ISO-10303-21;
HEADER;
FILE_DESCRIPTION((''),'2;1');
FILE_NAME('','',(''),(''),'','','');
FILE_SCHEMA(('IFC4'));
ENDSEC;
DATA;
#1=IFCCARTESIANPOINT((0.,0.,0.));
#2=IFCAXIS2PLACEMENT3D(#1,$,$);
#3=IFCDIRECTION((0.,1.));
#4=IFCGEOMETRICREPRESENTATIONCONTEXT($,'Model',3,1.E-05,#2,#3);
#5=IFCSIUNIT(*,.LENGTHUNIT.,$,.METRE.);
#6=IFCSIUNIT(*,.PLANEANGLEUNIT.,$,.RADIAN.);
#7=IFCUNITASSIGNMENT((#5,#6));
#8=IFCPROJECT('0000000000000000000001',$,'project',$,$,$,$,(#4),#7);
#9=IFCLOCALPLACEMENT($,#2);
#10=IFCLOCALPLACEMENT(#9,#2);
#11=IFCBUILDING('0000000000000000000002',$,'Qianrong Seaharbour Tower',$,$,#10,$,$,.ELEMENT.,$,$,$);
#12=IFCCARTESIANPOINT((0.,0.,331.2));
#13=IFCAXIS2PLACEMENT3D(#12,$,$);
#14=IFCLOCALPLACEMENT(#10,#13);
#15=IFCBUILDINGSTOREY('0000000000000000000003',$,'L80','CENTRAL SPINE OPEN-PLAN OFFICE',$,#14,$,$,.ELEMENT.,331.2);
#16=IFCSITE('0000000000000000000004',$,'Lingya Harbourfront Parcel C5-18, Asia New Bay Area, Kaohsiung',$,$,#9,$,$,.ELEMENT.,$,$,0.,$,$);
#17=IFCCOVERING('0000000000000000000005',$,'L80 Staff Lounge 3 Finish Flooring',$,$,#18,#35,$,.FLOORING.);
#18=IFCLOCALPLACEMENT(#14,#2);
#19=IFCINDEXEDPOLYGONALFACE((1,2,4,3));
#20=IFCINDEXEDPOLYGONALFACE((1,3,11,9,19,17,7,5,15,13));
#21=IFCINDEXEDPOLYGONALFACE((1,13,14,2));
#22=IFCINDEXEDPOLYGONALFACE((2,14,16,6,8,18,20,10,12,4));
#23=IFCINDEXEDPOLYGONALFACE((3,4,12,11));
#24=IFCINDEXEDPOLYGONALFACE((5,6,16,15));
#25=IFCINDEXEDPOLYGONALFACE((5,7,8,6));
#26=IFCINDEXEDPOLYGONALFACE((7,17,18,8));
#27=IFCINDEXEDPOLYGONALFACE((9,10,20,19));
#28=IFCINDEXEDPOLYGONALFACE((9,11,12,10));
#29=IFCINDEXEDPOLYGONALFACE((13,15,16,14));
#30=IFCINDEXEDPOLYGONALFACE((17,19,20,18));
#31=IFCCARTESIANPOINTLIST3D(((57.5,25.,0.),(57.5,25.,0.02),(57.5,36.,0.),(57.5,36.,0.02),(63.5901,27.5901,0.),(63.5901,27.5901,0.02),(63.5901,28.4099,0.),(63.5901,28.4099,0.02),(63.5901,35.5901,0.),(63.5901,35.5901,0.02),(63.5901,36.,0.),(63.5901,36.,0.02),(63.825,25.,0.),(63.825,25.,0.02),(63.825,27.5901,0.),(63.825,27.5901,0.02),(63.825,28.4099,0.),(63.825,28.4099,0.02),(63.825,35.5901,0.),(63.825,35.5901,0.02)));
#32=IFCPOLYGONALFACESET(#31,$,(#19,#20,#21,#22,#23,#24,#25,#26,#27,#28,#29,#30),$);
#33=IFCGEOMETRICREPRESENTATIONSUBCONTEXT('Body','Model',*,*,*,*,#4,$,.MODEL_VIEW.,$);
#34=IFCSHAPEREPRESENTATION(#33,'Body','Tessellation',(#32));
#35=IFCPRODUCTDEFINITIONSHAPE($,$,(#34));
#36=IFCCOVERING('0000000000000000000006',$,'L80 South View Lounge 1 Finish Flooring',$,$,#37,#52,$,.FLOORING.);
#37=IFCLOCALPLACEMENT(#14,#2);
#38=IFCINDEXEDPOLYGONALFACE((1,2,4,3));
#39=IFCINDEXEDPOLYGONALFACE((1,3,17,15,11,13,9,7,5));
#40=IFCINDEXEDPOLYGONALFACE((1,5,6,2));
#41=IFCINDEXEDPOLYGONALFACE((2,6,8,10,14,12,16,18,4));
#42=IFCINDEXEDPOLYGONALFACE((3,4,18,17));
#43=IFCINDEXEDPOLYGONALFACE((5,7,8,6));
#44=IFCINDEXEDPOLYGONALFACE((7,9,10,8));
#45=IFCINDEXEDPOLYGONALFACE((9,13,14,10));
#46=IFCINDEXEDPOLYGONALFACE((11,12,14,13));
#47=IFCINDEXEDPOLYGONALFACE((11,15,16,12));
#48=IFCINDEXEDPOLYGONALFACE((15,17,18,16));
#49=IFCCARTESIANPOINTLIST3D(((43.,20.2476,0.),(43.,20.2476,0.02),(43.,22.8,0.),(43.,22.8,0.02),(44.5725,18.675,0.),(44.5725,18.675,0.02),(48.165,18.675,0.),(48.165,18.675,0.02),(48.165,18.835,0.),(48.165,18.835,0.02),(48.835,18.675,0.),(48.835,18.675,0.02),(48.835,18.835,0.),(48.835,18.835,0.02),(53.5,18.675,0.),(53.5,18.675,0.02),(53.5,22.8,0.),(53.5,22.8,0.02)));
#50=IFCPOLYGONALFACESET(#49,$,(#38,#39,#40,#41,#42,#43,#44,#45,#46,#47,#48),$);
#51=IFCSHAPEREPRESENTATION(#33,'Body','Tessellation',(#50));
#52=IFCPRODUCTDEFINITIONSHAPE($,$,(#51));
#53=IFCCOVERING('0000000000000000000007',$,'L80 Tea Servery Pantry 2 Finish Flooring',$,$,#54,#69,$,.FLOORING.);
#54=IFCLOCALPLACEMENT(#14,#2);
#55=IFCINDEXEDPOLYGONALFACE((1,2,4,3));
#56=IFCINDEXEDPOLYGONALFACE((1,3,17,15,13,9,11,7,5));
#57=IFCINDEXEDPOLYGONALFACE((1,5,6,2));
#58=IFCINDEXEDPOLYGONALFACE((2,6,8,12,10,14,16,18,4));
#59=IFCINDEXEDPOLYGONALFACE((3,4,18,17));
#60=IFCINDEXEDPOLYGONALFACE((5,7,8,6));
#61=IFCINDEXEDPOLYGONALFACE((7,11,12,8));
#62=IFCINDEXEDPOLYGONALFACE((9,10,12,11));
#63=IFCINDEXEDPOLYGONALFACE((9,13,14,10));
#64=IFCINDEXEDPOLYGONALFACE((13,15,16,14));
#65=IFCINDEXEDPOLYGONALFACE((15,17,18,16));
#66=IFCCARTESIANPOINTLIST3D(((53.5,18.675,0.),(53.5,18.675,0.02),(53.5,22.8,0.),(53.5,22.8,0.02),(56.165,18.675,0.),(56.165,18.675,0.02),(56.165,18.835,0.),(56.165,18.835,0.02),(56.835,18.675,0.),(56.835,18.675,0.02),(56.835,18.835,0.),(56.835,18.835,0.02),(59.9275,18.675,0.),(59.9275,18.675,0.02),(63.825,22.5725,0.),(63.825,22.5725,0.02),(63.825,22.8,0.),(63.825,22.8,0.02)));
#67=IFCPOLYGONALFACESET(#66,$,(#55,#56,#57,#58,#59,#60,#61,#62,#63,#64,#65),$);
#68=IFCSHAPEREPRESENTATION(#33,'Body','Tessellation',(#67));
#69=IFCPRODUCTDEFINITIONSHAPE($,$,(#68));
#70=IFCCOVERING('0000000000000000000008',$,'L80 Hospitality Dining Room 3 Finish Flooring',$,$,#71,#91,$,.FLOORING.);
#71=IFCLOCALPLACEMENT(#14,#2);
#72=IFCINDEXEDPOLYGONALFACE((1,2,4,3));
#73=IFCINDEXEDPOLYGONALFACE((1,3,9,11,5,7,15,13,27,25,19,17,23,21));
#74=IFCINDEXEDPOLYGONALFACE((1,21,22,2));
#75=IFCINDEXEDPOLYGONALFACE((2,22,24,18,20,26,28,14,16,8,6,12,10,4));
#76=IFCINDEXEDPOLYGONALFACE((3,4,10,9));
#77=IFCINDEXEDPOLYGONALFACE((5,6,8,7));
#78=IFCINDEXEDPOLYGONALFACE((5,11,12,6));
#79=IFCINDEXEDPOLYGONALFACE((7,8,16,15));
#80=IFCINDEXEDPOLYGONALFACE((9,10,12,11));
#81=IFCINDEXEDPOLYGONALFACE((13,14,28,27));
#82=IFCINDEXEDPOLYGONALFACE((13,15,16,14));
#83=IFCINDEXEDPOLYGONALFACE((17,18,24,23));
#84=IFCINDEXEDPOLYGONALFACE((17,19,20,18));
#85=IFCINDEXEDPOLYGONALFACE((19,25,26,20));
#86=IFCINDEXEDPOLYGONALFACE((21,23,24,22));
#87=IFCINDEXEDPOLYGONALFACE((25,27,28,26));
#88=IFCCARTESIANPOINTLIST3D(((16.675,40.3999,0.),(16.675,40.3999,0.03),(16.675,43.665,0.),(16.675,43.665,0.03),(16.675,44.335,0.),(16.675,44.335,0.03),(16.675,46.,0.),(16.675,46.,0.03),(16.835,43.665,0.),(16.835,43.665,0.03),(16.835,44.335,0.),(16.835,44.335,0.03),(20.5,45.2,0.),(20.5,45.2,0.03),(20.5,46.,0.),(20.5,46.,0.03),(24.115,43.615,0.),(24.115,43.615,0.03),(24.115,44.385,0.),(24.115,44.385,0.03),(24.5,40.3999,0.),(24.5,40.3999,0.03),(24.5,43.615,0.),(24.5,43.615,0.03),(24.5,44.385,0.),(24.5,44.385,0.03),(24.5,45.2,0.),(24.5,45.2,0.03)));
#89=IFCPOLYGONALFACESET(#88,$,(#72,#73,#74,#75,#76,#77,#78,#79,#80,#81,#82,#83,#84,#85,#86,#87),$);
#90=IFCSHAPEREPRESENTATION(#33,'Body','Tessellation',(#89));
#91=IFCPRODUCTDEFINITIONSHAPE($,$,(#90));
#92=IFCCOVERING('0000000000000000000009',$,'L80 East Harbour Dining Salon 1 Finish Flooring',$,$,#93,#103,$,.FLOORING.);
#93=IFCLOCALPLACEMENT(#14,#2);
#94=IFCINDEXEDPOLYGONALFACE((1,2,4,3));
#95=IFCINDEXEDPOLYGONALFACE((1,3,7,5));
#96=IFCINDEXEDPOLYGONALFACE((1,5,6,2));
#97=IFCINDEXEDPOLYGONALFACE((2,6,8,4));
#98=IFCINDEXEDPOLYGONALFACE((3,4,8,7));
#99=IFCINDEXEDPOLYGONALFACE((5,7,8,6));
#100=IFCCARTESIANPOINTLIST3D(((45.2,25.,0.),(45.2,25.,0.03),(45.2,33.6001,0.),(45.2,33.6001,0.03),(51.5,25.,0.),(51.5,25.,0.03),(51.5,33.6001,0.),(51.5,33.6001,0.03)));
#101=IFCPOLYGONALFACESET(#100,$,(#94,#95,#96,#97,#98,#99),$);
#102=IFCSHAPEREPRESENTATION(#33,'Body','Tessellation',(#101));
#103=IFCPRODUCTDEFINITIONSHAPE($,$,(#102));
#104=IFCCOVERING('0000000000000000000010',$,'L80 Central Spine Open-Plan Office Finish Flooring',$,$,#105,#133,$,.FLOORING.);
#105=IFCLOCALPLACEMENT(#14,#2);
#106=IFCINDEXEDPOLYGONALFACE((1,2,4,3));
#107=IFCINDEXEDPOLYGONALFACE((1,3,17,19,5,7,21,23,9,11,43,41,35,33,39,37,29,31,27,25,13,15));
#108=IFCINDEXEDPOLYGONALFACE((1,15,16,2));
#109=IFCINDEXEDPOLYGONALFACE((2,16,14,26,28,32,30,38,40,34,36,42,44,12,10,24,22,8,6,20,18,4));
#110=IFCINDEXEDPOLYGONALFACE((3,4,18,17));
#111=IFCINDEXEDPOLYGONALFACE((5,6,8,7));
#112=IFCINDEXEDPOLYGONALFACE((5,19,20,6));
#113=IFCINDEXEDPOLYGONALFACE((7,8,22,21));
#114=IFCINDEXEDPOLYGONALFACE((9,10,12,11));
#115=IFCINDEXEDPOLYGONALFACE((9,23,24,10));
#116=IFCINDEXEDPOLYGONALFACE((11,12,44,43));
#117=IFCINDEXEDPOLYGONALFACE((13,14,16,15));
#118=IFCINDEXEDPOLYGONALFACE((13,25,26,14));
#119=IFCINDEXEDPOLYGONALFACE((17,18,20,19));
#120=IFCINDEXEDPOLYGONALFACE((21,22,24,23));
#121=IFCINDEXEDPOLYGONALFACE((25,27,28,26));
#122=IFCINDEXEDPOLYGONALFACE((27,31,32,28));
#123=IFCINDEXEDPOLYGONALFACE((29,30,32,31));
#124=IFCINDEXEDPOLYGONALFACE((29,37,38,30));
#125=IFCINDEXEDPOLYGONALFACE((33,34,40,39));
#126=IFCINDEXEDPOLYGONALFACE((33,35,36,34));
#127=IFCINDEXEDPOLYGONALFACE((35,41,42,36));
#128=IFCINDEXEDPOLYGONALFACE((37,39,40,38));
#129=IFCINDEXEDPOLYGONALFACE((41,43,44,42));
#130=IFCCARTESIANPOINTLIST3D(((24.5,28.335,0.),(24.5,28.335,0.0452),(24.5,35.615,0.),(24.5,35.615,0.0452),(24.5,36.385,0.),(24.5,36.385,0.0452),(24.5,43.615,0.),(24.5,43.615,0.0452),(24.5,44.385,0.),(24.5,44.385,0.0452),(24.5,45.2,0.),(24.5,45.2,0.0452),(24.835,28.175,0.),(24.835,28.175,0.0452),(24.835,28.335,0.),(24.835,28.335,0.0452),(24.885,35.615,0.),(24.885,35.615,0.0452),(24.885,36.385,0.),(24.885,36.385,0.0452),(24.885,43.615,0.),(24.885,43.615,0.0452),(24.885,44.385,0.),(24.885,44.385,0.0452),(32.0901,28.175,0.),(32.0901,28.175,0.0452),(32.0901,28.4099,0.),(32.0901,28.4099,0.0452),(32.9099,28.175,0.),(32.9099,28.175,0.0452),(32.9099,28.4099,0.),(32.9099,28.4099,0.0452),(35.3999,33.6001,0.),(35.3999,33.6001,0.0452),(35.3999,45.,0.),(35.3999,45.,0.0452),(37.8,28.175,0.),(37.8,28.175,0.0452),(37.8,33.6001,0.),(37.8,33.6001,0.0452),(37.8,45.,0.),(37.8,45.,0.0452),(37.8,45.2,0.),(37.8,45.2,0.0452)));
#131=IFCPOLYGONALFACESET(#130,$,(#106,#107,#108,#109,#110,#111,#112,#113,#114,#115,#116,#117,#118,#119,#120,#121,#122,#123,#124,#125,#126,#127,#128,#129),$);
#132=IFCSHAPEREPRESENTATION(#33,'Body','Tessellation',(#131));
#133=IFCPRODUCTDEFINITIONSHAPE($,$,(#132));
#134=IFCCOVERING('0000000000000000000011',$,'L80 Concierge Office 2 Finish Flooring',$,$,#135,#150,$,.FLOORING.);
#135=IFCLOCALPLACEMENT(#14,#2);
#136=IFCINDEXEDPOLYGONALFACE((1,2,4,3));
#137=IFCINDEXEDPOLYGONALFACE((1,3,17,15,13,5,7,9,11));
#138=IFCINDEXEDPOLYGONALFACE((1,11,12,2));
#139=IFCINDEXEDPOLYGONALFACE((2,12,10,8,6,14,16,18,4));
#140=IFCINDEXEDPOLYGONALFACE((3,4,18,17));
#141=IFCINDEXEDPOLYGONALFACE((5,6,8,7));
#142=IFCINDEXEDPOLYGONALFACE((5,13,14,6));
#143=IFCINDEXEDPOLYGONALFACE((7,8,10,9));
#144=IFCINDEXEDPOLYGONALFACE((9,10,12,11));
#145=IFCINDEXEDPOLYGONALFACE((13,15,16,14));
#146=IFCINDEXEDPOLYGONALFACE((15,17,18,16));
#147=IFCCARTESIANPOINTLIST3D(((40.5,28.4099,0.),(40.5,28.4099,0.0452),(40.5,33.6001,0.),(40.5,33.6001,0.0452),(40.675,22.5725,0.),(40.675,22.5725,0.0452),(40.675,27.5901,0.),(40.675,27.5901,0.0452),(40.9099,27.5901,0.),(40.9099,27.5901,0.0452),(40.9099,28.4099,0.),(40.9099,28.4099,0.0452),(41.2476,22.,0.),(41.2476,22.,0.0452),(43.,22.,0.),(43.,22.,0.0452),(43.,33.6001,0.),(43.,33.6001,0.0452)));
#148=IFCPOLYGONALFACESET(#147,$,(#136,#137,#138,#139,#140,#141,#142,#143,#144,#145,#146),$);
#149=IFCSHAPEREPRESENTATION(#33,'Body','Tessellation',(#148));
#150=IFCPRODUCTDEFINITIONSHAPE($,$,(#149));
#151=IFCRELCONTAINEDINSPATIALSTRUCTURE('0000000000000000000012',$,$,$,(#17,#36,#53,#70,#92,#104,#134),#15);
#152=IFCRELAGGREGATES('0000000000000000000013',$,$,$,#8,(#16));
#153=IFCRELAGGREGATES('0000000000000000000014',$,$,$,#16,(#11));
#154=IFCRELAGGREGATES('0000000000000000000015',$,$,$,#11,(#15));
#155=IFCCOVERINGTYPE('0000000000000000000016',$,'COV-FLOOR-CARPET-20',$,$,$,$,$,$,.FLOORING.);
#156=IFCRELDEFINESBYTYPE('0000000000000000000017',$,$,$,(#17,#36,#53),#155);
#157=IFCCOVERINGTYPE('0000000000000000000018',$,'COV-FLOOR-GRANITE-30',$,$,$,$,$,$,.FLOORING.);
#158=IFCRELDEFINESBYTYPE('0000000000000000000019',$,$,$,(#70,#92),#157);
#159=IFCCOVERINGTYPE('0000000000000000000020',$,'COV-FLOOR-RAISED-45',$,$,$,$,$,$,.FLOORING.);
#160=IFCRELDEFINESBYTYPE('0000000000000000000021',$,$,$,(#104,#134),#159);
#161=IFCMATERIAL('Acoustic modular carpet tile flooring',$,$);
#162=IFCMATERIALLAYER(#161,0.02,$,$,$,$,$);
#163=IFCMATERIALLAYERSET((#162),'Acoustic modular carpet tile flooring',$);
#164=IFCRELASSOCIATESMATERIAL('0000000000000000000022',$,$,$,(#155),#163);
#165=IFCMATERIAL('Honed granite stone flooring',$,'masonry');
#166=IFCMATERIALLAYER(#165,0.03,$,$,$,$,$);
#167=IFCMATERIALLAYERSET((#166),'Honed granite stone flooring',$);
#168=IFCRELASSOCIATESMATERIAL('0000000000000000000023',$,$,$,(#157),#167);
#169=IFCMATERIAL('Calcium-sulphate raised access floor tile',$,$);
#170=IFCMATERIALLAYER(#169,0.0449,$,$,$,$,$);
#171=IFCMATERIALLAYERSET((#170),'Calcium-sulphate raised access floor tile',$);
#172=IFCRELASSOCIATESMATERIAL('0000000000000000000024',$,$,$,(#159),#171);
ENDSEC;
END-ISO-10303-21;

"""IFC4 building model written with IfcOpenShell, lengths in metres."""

from ifc_helpers import new_model, si_unit, direction, frame, origin, place, context, subcontext, project, spatial, polyline, outline, extrude, material, layer, layer_set, type_object, element, save


model = new_model("IFC4")

# Units and contexts
model_context = context("Model", 3, precision=1e-05, world=origin(), true_north=direction((0.0, 1.0)))
body_context = subcontext(model_context, "Body", "Model", "MODEL_VIEW")
ifc_project = project(units=[si_unit("LENGTHUNIT", "METRE"), si_unit("PLANEANGLEUNIT", "RADIAN")], contexts=[model_context])

# Site, building, storey
site_placement = place(None, origin())
site = spatial("IfcSite", under=ifc_project, at=site_placement, Name="Lingya Harbourfront Parcel C5-18, Asia New Bay Area, Kaohsiung", CompositionType="ELEMENT", RefElevation=0.0)
building_placement = place(site_placement, origin())
building = spatial("IfcBuilding", under=site, at=building_placement, Name="Qianrong Seaharbour Tower", CompositionType="ELEMENT")
storey_placement = place(building_placement, frame((0.0, 0.0, 331.2)))
storey = spatial("IfcBuildingStorey", under=building, at=storey_placement, Name="L80", Description="CENTRAL SPINE OPEN-PLAN OFFICE", CompositionType="ELEMENT", Elevation=331.2)

# Coverings
ifc_material_1 = material(Name="Acoustic modular carpet tile flooring")
ifc_layer_1 = layer(ifc_material_1, 0.02)
ifc_layer_set_1 = layer_set([ifc_layer_1], Name="Acoustic modular carpet tile flooring")
covering_type_1 = type_object("IfcCoveringType", Name="COV-FLOOR-CARPET-20", PredefinedType="FLOORING", material=ifc_layer_set_1)
covering_1_placement = place(storey_placement, origin())
element("IfcCovering", 1, at=covering_1_placement, inside=storey, type_object=covering_type_1, Name="L80 Staff Lounge 3 Finish Flooring", PredefinedType="FLOORING", context=body_context, shape_type="SweptSolid", body=[
    extrude(outline(polyline([(63.5901, 36.0), (63.5901, 35.5901), (63.825, 35.5901), (63.825, 28.4099), (63.5901, 28.4099), (63.5901, 27.5901), (63.825, 27.5901), (63.825, 25.0), (57.5, 25.0), (57.5, 36.0), (63.5901, 36.0)])), origin(), (0.0, 0.0, 1.0), 0.02),
])
covering_2_placement = place(storey_placement, origin())
element("IfcCovering", 2, at=covering_2_placement, inside=storey, type_object=covering_type_1, Name="L80 South View Lounge 1 Finish Flooring", PredefinedType="FLOORING", context=body_context, shape_type="SweptSolid", body=[
    extrude(outline(polyline([(53.5, 18.675), (48.835, 18.675), (48.835, 18.835), (48.165, 18.835), (48.165, 18.675), (44.5725, 18.675), (43.0, 20.2476), (43.0, 22.8), (53.5, 22.8), (53.5, 18.675)])), origin(), (0.0, 0.0, 1.0), 0.02),
])
covering_3_placement = place(storey_placement, origin())
element("IfcCovering", 3, at=covering_3_placement, inside=storey, type_object=covering_type_1, Name="L80 Tea Servery Pantry 2 Finish Flooring", PredefinedType="FLOORING", context=body_context, shape_type="SweptSolid", body=[
    extrude(outline(polyline([(63.825, 22.5725), (59.9275, 18.675), (56.835, 18.675), (56.835, 18.835), (56.165, 18.835), (56.165, 18.675), (53.5, 18.675), (53.5, 22.8), (63.825, 22.8), (63.825, 22.5725)])), origin(), (0.0, 0.0, 1.0), 0.02),
])
ifc_material_2 = material(Name="Honed granite stone flooring", Category="masonry")
ifc_layer_2 = layer(ifc_material_2, 0.03)
ifc_layer_set_2 = layer_set([ifc_layer_2], Name="Honed granite stone flooring")
covering_type_2 = type_object("IfcCoveringType", Name="COV-FLOOR-GRANITE-30", PredefinedType="FLOORING", material=ifc_layer_set_2)
covering_4_placement = place(storey_placement, origin())
element("IfcCovering", 4, at=covering_4_placement, inside=storey, type_object=covering_type_2, Name="L80 Hospitality Dining Room 3 Finish Flooring", PredefinedType="FLOORING", context=body_context, shape_type="SweptSolid", body=[
    extrude(outline(polyline([(16.675, 40.3999), (16.675, 43.665), (16.835, 43.665), (16.835, 44.335), (16.675, 44.335), (16.675, 46.0), (20.5, 46.0), (20.5, 45.2), (24.5, 45.2), (24.5, 44.385), (24.115, 44.385), (24.115, 43.615), (24.5, 43.615), (24.5, 40.3999), (16.675, 40.3999)])), origin(), (0.0, 0.0, 1.0), 0.03),
])
covering_5_placement = place(storey_placement, origin())
element("IfcCovering", 5, at=covering_5_placement, inside=storey, type_object=covering_type_2, Name="L80 East Harbour Dining Salon 1 Finish Flooring", PredefinedType="FLOORING", context=body_context, shape_type="SweptSolid", body=[
    extrude(outline(polyline([(51.5, 33.6001), (51.5, 25.0), (45.2, 25.0), (45.2, 33.6001), (51.5, 33.6001)])), origin(), (0.0, 0.0, 1.0), 0.03),
])
ifc_material_3 = material(Name="Calcium-sulphate raised access floor tile")
ifc_layer_3 = layer(ifc_material_3, 0.0449)
ifc_layer_set_3 = layer_set([ifc_layer_3], Name="Calcium-sulphate raised access floor tile")
covering_type_3 = type_object("IfcCoveringType", Name="COV-FLOOR-RAISED-45", PredefinedType="FLOORING", material=ifc_layer_set_3)
covering_6_placement = place(storey_placement, origin())
element("IfcCovering", 6, at=covering_6_placement, inside=storey, type_object=covering_type_3, Name="L80 Central Spine Open-Plan Office Finish Flooring", PredefinedType="FLOORING", context=body_context, shape_type="SweptSolid", body=[
    extrude(outline(polyline([(24.5, 35.615), (24.885, 35.615), (24.885, 36.385), (24.5, 36.385), (24.5, 43.615), (24.885, 43.615), (24.885, 44.385), (24.5, 44.385), (24.5, 45.2), (37.8, 45.2), (37.8, 45.0), (35.3999, 45.0), (35.3999, 33.6001), (37.8, 33.6001), (37.8, 28.175), (32.9099, 28.175), (32.9099, 28.4099), (32.0901, 28.4099), (32.0901, 28.175), (24.835, 28.175), (24.835, 28.335), (24.5, 28.335), (24.5, 35.615)])), origin(), (0.0, 0.0, 1.0), 0.0452),
])
covering_7_placement = place(storey_placement, origin())
element("IfcCovering", 7, at=covering_7_placement, inside=storey, type_object=covering_type_3, Name="L80 Concierge Office 2 Finish Flooring", PredefinedType="FLOORING", context=body_context, shape_type="SweptSolid", body=[
    extrude(outline(polyline([(43.0, 22.0), (41.2476, 22.0), (40.675, 22.5725), (40.675, 27.5901), (40.9099, 27.5901), (40.9099, 28.4099), (40.5, 28.4099), (40.5, 33.6001), (43.0, 33.6001), (43.0, 22.0)])), origin(), (0.0, 0.0, 1.0), 0.0452),
])

save(model, "model.ifc")
